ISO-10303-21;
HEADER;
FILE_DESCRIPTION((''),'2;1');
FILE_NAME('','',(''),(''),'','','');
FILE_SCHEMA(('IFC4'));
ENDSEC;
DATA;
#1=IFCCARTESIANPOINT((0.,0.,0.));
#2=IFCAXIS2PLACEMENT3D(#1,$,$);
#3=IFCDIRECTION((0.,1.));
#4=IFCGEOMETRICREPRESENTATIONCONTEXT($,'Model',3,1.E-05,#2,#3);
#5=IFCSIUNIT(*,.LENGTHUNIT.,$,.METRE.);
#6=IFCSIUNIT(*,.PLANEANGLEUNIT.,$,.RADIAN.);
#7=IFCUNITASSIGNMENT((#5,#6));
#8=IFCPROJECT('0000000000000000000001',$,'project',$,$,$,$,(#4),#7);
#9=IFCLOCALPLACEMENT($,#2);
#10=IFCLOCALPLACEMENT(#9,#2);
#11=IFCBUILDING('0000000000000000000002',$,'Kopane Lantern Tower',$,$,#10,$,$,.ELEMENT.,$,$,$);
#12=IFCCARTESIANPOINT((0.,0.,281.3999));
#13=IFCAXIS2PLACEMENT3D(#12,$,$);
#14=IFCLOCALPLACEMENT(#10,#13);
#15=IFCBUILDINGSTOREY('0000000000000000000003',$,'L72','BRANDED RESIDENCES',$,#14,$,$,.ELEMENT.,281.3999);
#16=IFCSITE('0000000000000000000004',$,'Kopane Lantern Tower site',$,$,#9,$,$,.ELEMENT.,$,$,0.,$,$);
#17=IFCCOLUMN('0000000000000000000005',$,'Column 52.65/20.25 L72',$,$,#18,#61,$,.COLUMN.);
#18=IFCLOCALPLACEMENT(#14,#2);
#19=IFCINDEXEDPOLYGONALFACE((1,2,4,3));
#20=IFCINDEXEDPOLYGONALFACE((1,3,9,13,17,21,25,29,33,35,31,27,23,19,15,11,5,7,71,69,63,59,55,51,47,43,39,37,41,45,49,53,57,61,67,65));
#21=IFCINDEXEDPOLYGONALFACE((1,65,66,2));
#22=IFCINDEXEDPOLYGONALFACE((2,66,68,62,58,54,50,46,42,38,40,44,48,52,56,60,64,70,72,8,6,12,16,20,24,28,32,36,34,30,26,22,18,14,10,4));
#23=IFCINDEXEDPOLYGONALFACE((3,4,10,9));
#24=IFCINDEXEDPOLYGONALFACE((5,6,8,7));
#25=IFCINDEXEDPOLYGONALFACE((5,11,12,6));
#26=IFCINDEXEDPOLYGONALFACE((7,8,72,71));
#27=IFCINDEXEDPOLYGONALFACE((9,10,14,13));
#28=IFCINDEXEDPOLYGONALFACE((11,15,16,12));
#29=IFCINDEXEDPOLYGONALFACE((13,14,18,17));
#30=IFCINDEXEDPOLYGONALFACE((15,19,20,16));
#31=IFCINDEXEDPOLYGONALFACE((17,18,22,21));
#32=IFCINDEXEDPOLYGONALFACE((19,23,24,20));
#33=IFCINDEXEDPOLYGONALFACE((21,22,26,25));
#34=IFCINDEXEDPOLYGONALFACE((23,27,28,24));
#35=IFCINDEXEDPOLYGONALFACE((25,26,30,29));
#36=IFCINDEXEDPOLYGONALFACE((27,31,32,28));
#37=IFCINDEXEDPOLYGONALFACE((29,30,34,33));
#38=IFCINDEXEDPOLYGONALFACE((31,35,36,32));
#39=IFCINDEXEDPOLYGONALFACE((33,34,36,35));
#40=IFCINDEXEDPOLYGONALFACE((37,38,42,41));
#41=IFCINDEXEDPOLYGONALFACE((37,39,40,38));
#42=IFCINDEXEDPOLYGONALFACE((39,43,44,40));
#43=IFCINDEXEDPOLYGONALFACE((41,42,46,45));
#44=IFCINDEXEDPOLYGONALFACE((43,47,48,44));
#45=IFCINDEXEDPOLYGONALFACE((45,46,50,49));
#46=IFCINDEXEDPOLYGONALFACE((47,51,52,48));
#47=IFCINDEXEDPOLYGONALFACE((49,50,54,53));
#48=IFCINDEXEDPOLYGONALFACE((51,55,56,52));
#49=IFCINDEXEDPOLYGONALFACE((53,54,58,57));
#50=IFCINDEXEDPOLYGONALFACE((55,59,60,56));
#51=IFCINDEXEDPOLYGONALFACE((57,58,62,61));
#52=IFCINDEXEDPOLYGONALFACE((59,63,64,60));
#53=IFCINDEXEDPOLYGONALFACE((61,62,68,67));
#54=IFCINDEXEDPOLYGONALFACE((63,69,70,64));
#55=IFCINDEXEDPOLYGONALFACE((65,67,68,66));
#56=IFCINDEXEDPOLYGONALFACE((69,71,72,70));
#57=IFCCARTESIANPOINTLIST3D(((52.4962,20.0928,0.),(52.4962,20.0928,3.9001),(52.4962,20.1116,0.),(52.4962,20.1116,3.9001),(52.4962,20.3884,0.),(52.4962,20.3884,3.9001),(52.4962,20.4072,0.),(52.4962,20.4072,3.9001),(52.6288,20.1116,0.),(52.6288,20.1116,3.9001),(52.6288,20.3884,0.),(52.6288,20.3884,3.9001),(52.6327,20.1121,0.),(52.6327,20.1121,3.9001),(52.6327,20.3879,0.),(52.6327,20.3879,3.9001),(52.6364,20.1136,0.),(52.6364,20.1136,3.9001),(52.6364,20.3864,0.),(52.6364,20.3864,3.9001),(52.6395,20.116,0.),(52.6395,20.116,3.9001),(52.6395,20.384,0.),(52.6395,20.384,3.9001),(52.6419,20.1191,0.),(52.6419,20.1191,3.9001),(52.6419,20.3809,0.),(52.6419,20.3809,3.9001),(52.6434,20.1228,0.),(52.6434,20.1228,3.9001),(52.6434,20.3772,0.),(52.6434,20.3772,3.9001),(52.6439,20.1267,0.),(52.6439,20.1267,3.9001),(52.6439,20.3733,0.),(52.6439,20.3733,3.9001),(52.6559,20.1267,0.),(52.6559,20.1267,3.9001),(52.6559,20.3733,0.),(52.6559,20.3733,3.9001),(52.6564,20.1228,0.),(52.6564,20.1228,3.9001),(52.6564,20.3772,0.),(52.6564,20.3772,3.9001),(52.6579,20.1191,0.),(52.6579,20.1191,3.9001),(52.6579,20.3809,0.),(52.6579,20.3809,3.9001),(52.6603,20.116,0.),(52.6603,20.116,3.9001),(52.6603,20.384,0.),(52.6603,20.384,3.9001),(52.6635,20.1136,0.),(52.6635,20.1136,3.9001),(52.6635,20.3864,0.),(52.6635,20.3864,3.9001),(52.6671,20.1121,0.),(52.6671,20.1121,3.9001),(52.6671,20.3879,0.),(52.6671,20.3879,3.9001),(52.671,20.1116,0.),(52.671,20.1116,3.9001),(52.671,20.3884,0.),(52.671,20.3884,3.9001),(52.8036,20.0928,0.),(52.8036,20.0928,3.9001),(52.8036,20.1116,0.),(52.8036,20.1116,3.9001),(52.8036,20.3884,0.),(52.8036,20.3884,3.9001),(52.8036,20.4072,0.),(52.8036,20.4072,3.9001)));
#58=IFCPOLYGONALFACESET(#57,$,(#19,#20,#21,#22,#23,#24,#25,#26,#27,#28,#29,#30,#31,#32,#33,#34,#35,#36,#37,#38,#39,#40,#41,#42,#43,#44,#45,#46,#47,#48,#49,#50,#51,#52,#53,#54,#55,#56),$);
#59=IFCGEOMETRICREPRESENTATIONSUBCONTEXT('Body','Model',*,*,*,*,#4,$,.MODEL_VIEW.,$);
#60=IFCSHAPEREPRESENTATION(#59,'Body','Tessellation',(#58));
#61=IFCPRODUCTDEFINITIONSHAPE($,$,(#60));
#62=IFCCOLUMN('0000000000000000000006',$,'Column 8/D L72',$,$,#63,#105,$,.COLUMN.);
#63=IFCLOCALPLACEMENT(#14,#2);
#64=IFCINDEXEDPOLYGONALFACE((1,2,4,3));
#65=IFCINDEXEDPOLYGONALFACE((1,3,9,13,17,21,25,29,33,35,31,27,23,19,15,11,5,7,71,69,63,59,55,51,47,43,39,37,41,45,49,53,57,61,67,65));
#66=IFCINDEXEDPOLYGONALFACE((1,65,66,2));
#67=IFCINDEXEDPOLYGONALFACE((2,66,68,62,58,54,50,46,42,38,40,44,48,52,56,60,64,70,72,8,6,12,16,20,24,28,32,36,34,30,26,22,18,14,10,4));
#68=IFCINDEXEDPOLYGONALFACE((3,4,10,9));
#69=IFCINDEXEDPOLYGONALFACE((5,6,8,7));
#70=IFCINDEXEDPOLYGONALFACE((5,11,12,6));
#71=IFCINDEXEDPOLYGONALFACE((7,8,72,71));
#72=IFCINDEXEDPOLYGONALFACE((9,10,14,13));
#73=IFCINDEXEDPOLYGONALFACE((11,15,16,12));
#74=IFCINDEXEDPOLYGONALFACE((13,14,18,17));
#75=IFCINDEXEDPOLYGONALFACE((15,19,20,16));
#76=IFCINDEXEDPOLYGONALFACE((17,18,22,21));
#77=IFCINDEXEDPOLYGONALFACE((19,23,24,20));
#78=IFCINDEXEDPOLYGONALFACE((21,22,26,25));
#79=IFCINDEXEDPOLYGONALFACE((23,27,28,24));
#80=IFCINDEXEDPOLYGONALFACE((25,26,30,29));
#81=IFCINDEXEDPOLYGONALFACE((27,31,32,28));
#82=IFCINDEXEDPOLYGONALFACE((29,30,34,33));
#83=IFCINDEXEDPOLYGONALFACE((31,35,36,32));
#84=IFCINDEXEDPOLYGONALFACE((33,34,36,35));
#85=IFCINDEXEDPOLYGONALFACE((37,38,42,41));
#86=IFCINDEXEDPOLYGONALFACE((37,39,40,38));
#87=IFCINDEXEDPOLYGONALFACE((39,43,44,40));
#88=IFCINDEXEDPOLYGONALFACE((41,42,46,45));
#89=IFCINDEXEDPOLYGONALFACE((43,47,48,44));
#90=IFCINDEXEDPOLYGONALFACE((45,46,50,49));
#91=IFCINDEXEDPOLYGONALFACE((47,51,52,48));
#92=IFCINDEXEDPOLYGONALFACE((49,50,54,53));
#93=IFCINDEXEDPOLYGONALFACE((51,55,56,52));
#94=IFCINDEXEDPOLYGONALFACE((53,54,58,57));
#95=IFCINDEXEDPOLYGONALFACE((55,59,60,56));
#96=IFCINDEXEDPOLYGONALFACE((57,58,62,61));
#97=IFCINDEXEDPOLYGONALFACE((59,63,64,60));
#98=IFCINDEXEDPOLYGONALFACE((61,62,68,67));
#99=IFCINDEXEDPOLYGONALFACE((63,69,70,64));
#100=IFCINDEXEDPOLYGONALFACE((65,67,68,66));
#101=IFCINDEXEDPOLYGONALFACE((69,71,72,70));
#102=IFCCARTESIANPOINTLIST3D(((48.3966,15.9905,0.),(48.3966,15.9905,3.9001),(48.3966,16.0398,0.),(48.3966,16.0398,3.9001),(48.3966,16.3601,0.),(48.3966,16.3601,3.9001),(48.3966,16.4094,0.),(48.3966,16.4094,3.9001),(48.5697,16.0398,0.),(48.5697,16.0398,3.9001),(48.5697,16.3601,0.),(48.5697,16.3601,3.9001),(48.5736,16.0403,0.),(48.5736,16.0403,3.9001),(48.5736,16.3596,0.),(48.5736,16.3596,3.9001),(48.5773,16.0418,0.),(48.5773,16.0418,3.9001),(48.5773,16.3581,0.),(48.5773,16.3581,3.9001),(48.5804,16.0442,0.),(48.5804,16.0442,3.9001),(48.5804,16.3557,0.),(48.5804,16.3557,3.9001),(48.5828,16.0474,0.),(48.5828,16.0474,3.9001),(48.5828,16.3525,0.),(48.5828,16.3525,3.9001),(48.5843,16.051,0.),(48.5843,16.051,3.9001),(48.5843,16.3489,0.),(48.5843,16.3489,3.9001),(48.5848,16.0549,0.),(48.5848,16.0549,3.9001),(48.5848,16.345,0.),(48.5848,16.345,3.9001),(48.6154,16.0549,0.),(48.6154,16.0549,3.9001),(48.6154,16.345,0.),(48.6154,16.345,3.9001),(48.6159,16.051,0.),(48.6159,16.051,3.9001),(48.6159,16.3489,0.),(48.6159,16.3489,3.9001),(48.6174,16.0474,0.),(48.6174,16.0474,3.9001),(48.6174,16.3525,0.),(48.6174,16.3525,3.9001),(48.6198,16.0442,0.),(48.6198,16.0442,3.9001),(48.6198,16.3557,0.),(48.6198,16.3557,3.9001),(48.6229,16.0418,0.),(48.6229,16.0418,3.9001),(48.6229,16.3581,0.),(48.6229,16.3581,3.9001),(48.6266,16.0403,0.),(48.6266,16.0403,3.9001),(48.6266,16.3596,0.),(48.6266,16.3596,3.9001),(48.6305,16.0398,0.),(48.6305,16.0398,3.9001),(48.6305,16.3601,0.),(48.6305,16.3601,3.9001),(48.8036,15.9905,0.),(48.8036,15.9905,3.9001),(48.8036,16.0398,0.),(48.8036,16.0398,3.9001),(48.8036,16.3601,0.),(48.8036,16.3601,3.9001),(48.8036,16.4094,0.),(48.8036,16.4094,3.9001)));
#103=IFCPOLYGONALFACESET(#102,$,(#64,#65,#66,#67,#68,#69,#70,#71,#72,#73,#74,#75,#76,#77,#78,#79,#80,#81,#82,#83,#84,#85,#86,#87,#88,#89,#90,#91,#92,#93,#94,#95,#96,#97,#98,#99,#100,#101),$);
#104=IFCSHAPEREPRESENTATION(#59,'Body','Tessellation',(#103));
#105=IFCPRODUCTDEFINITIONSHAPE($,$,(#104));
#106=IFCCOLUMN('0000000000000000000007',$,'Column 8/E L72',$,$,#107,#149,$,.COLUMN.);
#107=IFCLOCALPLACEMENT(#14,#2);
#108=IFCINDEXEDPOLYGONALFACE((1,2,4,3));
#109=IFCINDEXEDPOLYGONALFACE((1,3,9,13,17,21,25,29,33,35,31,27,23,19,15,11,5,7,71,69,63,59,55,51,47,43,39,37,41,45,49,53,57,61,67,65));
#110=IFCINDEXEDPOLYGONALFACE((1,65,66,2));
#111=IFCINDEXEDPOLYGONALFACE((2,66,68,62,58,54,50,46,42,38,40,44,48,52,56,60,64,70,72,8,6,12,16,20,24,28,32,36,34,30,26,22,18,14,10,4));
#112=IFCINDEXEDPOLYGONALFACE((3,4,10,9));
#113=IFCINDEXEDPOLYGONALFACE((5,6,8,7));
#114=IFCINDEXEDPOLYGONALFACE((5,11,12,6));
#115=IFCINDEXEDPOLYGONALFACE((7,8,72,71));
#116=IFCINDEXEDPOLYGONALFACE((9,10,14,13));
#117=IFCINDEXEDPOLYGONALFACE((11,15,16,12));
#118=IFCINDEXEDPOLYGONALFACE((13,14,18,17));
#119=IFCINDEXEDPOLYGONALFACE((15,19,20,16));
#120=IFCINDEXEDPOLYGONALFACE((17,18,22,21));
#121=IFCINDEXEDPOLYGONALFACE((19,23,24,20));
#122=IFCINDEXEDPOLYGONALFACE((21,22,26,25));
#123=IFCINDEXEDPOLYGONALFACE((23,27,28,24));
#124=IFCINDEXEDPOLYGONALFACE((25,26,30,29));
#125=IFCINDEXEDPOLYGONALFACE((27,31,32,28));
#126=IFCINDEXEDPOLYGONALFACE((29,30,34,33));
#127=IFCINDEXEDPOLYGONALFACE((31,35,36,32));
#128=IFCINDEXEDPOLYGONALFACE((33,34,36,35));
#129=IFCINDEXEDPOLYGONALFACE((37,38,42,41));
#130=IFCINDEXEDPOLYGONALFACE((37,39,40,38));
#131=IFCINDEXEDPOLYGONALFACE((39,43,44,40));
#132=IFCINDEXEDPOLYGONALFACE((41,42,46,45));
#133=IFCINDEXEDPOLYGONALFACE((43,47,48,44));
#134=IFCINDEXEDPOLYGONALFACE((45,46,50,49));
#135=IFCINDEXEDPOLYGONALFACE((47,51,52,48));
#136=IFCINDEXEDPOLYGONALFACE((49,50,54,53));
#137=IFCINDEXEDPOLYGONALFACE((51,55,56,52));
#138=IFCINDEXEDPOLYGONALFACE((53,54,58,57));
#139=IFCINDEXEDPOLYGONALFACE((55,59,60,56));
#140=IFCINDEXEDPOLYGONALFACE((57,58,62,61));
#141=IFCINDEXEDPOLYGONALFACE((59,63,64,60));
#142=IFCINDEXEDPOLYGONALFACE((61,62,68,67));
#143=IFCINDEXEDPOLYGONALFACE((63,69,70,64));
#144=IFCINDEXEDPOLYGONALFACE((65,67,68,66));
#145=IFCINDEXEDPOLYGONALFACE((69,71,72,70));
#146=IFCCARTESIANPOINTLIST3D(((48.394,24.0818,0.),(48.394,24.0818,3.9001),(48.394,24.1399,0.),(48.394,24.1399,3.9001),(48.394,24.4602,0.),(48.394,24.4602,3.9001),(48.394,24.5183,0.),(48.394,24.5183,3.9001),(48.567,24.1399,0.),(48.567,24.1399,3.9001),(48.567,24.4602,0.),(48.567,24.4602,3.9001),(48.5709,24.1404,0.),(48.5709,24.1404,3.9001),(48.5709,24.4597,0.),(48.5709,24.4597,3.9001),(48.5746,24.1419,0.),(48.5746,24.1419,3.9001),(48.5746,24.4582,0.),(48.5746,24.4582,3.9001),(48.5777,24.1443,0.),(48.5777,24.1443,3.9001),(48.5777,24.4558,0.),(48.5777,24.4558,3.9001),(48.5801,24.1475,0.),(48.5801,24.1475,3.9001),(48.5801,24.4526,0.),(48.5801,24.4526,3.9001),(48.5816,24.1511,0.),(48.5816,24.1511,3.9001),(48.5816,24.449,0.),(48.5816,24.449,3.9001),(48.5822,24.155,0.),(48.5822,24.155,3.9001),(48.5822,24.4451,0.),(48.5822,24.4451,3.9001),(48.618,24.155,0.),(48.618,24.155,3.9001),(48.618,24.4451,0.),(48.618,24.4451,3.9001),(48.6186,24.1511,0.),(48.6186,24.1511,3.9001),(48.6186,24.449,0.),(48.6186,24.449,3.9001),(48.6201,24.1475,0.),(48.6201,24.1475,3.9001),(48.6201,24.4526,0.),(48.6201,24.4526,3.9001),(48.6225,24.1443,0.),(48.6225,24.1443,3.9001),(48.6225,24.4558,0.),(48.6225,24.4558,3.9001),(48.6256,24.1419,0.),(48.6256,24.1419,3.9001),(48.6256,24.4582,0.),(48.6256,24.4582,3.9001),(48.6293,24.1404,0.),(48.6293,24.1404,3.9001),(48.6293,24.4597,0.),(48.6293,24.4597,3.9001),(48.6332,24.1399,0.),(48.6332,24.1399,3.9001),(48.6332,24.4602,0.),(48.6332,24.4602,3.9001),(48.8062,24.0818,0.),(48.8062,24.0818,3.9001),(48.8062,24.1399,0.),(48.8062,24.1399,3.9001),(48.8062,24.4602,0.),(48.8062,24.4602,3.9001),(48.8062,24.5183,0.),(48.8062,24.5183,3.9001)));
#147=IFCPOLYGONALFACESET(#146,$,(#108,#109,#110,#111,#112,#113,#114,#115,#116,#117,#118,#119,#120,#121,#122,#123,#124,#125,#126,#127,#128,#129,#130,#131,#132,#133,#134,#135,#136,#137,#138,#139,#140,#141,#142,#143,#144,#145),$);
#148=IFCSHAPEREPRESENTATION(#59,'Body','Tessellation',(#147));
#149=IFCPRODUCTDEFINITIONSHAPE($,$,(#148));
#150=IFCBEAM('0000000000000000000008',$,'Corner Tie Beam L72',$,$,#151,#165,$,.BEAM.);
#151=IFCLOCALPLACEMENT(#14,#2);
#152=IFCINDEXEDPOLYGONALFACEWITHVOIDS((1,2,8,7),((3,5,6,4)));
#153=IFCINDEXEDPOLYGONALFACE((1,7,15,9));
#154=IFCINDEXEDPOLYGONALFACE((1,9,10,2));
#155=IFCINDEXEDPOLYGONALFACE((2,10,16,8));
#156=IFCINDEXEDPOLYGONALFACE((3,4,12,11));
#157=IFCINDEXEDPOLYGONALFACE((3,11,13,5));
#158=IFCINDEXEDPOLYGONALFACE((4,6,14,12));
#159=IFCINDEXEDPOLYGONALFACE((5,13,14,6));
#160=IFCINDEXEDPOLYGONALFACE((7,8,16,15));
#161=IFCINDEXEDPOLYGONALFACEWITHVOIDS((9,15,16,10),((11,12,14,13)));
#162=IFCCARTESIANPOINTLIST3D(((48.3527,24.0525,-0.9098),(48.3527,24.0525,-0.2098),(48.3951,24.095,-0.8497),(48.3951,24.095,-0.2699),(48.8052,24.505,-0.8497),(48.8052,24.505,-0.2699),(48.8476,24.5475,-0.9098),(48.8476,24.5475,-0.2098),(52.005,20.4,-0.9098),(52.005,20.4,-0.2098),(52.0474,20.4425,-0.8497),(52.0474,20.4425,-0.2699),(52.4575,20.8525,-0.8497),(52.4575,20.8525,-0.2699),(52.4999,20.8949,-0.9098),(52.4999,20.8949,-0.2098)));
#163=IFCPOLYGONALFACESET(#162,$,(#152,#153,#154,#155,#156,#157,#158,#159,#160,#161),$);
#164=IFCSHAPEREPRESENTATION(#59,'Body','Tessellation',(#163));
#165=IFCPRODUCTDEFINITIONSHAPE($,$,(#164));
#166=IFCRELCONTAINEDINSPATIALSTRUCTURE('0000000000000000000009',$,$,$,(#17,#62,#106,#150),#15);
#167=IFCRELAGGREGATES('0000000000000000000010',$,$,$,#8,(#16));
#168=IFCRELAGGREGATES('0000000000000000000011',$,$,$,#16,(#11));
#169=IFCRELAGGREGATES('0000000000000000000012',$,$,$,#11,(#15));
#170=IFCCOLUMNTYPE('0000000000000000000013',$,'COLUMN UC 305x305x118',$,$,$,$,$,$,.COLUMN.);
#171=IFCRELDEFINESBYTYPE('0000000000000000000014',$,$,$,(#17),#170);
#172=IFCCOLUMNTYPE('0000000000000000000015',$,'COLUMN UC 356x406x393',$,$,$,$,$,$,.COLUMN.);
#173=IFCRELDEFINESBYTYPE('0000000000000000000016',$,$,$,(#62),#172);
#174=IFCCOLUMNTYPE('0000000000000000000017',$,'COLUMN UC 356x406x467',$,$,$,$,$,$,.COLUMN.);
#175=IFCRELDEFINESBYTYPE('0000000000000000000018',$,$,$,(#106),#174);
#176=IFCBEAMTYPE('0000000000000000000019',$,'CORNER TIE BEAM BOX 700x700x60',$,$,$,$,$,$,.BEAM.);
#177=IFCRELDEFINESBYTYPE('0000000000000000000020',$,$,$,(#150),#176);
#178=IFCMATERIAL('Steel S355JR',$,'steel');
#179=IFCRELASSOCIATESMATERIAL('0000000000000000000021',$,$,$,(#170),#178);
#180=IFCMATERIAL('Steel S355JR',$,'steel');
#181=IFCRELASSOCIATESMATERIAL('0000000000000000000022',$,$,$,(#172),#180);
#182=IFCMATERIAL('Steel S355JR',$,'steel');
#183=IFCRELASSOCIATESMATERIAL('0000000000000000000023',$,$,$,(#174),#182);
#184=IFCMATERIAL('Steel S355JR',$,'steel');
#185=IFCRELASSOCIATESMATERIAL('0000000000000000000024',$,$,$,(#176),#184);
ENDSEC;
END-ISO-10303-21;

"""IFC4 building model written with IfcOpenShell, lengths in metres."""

from ifc_helpers import new_model, si_unit, direction, frame, origin, origin_2d, place, context, subcontext, project, spatial, hollow_rectangle, i_section, extrude, material, material_profile, profile_set, type_object, element, save


model = new_model("IFC4")

# Units and contexts
model_context = context("Model", 3, precision=1e-05, world=origin(), true_north=direction((0.0, 1.0)))
body_context = subcontext(model_context, "Body", "Model", "MODEL_VIEW")
ifc_project = project(units=[si_unit("LENGTHUNIT", "METRE"), si_unit("PLANEANGLEUNIT", "RADIAN")], contexts=[model_context])

# Site, building, storey
site_placement = place(None, origin())
site = spatial("IfcSite", under=ifc_project, at=site_placement, Name="Kopane Lantern Tower site", CompositionType="ELEMENT", RefElevation=0.0)
building_placement = place(site_placement, origin())
building = spatial("IfcBuilding", under=site, at=building_placement, Name="Kopane Lantern Tower", CompositionType="ELEMENT")
storey_placement = place(building_placement, frame((0.0, 0.0, 281.3999)))
storey = spatial("IfcBuildingStorey", under=building, at=storey_placement, Name="L72", Description="BRANDED RESIDENCES", CompositionType="ELEMENT", Elevation=281.3999)

# Columns
ifc_material_1 = material(Name="Steel S355JR", Category="steel")
ifc_material_profile_1 = material_profile(ifc_material_1, i_section(OverallWidth=0.3074, OverallDepth=0.3145, WebThickness=0.012, FlangeThickness=0.0188, FilletRadius=0.0151, at=origin_2d()), Name="UC 305x305x118")
ifc_profile_set_1 = profile_set([ifc_material_profile_1], Name="Steel S355JR")
column_type_1 = type_object("IfcColumnType", Name="COLUMN UC 305x305x118", PredefinedType="COLUMN", material=ifc_profile_set_1)
column_1_placement = place(storey_placement, frame((52.6499, 20.25, 0.0), z_axis=(0.0, 0.0, 1.0), x_axis=(1.0, 0.0, 0.0)))
element("IfcColumn", 1, at=column_1_placement, inside=storey, type_object=column_type_1, Name="Column 52.65/20.25 L72", PredefinedType="COLUMN", context=body_context, shape_type="SweptSolid", body=[
    extrude(i_section(OverallWidth=0.3074, OverallDepth=0.3145, WebThickness=0.012, FlangeThickness=0.0188, FilletRadius=0.0151, at=origin_2d()), origin(), (0.0, 0.0, 1.0), 3.9001),
])
ifc_material_2 = material(Name="Steel S355JR", Category="steel")
ifc_material_profile_2 = material_profile(ifc_material_2, i_section(OverallWidth=0.407, OverallDepth=0.4189, WebThickness=0.0305, FlangeThickness=0.0493, FilletRadius=0.0151, at=origin_2d()), Name="UC 356x406x393")
ifc_profile_set_2 = profile_set([ifc_material_profile_2], Name="Steel S355JR")
column_type_2 = type_object("IfcColumnType", Name="COLUMN UC 356x406x393", PredefinedType="COLUMN", material=ifc_profile_set_2)
column_2_placement = place(storey_placement, frame((48.6001, 16.2, 0.0), z_axis=(0.0, 0.0, 1.0), x_axis=(1.0, 0.0, 0.0)))
element("IfcColumn", 2, at=column_2_placement, inside=storey, type_object=column_type_2, Name="Column 8/D L72", PredefinedType="COLUMN", context=body_context, shape_type="SweptSolid", body=[
    extrude(i_section(OverallWidth=0.407, OverallDepth=0.4189, WebThickness=0.0305, FlangeThickness=0.0493, FilletRadius=0.0151, at=origin_2d()), origin(), (0.0, 0.0, 1.0), 3.9001),
])
ifc_material_3 = material(Name="Steel S355JR", Category="steel")
ifc_material_profile_3 = material_profile(ifc_material_3, i_section(OverallWidth=0.4121, OverallDepth=0.4365, WebThickness=0.0359, FlangeThickness=0.0581, FilletRadius=0.0151, at=origin_2d()), Name="UC 356x406x467")
ifc_profile_set_3 = profile_set([ifc_material_profile_3], Name="Steel S355JR")
column_type_3 = type_object("IfcColumnType", Name="COLUMN UC 356x406x467", PredefinedType="COLUMN", material=ifc_profile_set_3)
column_3_placement = place(storey_placement, frame((48.6001, 24.3, 0.0), z_axis=(0.0, 0.0, 1.0), x_axis=(1.0, 0.0, 0.0)))
element("IfcColumn", 3, at=column_3_placement, inside=storey, type_object=column_type_3, Name="Column 8/E L72", PredefinedType="COLUMN", context=body_context, shape_type="SweptSolid", body=[
    extrude(i_section(OverallWidth=0.4121, OverallDepth=0.4365, WebThickness=0.0359, FlangeThickness=0.0581, FilletRadius=0.0151, at=origin_2d()), origin(), (0.0, 0.0, 1.0), 3.9001),
])

# Beam
ifc_material_4 = material(Name="Steel S355JR", Category="steel")
ifc_material_profile_4 = material_profile(ifc_material_4, hollow_rectangle(XDim=0.7, YDim=0.7, WallThickness=0.0601, at=origin_2d()), Name="BOX 700x700x60")
ifc_profile_set_4 = profile_set([ifc_material_profile_4], Name="Steel S355JR")
beam_type_1 = type_object("IfcBeamType", Name="CORNER TIE BEAM BOX 700x700x60", PredefinedType="BEAM", material=ifc_profile_set_4)
beam_1_placement = place(storey_placement, frame((52.2524, 20.6475, -0.5598), z_axis=(-0.707083, 0.70713, 0.0), x_axis=(-0.70713, -0.707083, 0.0)))
element("IfcBeam", 4, at=beam_1_placement, inside=storey, type_object=beam_type_1, Name="Corner Tie Beam L72", PredefinedType="BEAM", context=body_context, shape_type="SweptSolid", body=[
    extrude(hollow_rectangle(XDim=0.7, YDim=0.7, WallThickness=0.0601, at=origin_2d()), origin(), (0.0, 0.0, 1.0), 5.1653),
])

save(model, "model.ifc")
